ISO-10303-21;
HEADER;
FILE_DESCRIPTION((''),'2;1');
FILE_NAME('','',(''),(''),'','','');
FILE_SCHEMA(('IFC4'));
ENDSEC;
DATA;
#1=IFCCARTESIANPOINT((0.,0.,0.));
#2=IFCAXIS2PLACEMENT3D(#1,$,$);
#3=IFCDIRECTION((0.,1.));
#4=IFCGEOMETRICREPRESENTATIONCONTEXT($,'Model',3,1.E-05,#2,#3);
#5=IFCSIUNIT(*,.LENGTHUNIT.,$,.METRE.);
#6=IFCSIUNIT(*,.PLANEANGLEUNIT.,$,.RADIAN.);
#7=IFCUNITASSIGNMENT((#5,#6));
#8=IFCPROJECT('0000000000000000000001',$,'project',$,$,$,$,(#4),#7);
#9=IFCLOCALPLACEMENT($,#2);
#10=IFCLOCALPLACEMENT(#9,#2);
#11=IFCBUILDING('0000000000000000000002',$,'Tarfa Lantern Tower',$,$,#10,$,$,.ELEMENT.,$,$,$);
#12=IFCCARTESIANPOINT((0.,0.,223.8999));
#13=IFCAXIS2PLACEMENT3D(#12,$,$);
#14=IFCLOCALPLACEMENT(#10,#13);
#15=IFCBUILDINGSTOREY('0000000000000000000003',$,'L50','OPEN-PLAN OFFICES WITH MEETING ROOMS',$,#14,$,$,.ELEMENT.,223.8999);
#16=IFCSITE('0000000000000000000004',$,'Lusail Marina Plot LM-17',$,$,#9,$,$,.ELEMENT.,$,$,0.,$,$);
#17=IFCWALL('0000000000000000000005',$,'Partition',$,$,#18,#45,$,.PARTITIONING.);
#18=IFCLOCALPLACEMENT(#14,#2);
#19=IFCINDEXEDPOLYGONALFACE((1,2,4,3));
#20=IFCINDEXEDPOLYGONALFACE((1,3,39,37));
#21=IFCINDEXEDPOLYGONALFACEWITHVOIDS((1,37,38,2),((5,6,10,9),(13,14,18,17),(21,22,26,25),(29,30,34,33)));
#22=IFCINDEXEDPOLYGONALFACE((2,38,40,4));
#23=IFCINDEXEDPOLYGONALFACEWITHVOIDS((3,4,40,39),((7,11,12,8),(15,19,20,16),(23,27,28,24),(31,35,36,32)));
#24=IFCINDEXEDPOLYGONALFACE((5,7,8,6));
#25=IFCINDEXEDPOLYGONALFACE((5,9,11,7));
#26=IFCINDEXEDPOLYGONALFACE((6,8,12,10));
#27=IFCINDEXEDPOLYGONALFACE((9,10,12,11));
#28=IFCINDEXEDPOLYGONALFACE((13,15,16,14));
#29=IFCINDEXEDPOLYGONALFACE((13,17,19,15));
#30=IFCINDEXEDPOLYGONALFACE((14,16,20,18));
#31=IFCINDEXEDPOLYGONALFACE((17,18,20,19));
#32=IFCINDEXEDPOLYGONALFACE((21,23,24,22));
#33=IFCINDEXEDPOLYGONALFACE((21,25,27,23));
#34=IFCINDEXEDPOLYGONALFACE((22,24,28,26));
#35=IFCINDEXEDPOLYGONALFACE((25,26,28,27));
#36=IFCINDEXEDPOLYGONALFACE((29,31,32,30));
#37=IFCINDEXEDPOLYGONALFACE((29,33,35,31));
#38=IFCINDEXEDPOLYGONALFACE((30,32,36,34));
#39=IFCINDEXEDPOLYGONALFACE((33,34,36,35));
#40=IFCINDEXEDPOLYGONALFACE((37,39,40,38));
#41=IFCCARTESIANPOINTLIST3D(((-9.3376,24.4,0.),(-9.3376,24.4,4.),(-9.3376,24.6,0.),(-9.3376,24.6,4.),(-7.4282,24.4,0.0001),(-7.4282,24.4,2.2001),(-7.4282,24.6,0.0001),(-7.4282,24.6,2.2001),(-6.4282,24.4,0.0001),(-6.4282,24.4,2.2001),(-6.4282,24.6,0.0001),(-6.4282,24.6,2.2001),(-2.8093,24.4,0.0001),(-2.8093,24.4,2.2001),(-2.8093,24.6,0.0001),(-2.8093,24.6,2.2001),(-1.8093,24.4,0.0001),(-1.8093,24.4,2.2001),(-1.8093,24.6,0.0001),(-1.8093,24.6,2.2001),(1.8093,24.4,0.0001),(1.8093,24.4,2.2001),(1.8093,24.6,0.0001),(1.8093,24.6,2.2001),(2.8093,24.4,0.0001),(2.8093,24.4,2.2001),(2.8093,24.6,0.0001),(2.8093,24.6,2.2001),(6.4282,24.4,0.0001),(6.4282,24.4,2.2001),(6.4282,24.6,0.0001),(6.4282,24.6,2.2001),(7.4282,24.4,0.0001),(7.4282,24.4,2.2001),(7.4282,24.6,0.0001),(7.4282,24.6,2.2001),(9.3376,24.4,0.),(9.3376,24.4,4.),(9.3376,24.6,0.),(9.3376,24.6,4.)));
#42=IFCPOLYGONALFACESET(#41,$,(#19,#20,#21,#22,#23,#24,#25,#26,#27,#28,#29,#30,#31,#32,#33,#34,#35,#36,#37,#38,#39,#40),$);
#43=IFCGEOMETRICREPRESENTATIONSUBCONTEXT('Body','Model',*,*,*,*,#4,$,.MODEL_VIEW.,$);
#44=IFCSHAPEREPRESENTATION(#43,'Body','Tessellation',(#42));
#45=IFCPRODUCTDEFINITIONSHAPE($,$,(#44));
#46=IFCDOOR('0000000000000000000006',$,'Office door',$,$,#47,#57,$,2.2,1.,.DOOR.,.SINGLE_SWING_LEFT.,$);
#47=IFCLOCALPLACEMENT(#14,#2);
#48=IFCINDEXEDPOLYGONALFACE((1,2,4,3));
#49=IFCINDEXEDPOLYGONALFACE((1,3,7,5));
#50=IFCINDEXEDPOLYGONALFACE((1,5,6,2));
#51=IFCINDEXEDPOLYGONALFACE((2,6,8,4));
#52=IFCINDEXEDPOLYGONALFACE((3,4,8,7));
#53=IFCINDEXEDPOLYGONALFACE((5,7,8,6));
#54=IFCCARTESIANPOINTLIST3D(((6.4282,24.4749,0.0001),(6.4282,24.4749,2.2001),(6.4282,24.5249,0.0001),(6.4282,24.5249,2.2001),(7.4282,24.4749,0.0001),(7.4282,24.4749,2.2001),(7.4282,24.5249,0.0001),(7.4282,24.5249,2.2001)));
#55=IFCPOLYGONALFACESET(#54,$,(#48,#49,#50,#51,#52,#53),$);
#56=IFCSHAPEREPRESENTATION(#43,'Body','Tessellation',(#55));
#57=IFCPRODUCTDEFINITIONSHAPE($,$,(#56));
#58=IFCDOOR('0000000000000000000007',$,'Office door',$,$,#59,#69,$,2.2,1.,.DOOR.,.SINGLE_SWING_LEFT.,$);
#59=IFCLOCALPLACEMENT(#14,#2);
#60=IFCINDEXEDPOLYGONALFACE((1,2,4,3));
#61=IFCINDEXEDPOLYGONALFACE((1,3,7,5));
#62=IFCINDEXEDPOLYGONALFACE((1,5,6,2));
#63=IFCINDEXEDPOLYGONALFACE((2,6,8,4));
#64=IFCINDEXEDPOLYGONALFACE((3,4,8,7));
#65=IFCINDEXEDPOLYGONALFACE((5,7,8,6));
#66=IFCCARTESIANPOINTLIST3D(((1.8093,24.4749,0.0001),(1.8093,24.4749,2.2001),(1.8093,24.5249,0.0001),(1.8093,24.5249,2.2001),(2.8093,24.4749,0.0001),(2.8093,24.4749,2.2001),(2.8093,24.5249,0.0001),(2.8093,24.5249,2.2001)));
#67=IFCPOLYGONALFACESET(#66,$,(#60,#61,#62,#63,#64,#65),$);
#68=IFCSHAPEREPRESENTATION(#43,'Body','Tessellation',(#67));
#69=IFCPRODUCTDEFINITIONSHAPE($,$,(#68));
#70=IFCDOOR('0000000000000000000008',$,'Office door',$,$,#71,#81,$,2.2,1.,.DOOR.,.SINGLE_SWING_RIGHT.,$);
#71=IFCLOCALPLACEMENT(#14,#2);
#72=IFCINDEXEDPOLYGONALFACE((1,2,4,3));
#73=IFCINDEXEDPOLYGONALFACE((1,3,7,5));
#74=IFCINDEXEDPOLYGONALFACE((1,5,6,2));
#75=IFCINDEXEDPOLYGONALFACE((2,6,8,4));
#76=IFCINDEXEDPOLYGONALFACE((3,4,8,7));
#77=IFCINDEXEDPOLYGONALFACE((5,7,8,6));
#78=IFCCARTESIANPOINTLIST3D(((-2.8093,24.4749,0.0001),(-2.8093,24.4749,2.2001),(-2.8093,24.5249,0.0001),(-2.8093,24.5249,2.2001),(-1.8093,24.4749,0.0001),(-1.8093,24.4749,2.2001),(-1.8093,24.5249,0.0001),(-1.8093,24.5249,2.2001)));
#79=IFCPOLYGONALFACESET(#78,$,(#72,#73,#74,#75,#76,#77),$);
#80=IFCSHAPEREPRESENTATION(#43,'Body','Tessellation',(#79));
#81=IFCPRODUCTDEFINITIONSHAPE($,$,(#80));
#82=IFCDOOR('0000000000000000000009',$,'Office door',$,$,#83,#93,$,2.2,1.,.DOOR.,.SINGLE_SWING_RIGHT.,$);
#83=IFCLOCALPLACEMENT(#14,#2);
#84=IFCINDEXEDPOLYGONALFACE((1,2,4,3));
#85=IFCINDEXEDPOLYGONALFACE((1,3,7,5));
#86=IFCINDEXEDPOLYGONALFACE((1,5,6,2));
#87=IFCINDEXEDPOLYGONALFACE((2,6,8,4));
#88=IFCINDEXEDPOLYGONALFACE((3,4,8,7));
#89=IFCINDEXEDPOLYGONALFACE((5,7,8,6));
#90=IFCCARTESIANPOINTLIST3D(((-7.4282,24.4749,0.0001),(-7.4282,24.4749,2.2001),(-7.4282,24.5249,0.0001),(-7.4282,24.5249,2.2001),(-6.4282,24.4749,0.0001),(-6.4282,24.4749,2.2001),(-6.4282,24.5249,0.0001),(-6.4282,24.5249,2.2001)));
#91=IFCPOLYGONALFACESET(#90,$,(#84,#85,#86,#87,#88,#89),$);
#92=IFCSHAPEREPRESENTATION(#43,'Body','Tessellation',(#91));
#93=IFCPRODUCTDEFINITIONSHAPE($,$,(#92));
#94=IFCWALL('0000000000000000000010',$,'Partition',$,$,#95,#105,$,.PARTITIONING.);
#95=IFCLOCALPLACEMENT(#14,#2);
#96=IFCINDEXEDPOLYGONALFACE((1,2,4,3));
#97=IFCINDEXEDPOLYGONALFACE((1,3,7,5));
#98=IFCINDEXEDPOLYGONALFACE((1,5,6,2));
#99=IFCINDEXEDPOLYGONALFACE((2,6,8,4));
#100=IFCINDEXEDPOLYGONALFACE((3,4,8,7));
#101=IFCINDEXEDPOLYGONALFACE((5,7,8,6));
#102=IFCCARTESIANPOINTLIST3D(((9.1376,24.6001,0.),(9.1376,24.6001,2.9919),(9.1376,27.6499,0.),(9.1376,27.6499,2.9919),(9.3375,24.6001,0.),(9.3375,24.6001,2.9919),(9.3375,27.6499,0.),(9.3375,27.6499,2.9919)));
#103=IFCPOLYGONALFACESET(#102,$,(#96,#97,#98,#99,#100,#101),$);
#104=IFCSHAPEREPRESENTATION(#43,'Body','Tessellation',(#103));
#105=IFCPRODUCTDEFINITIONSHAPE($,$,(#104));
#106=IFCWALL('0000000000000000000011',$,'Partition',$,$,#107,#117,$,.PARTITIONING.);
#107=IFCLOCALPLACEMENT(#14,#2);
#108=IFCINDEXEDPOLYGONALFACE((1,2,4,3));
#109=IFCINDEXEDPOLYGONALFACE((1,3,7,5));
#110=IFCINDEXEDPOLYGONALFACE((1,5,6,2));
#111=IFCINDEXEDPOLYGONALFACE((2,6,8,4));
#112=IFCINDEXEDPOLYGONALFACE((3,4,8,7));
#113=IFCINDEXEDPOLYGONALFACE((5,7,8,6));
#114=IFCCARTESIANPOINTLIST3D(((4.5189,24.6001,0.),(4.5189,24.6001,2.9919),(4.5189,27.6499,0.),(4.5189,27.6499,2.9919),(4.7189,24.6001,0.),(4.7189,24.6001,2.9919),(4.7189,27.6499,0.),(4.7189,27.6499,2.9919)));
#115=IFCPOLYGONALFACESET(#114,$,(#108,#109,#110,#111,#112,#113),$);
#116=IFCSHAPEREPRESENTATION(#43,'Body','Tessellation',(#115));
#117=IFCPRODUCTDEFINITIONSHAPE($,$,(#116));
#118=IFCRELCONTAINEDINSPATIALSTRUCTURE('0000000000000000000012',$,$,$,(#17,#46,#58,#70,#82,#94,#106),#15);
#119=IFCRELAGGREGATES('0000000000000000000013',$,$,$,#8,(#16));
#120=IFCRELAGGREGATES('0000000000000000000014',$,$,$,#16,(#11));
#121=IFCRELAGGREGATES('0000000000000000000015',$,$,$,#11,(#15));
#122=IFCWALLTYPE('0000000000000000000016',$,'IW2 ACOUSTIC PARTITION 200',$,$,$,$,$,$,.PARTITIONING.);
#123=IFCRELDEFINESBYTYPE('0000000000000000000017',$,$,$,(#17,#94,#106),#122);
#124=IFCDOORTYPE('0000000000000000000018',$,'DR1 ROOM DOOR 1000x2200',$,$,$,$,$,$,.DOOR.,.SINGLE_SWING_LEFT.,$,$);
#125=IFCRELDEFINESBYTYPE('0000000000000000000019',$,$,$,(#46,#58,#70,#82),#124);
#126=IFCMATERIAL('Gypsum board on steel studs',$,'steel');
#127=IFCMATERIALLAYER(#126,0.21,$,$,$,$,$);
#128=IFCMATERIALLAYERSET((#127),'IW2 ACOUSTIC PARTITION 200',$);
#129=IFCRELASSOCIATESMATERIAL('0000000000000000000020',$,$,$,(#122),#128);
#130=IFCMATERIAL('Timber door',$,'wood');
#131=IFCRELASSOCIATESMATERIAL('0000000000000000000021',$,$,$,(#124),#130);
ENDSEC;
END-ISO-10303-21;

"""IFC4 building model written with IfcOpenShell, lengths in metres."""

from ifc_helpers import new_model, si_unit, direction, frame, frame_2d, origin, place, context, subcontext, project, spatial, rectangle, extrude, material, layer, layer_set, type_object, element, fill, save


model = new_model("IFC4")

# Units and contexts
model_context = context("Model", 3, precision=1e-05, world=origin(), true_north=direction((0.0, 1.0)))
body_context = subcontext(model_context, "Body", "Model", "MODEL_VIEW")
ifc_project = project(units=[si_unit("LENGTHUNIT", "METRE"), si_unit("PLANEANGLEUNIT", "RADIAN")], contexts=[model_context])

# Site, building, storey
site_placement = place(None, origin())
site = spatial("IfcSite", under=ifc_project, at=site_placement, Name="Lusail Marina Plot LM-17", CompositionType="ELEMENT", RefElevation=0.0)
building_placement = place(site_placement, origin())
building = spatial("IfcBuilding", under=site, at=building_placement, Name="Tarfa Lantern Tower", CompositionType="ELEMENT")
storey_placement = place(building_placement, frame((0.0, 0.0, 223.8999)))
storey = spatial("IfcBuildingStorey", under=building, at=storey_placement, Name="L50", Description="OPEN-PLAN OFFICES WITH MEETING ROOMS", CompositionType="ELEMENT", Elevation=223.8999)

# Shared definitions
ifc_material_1 = material(Name="Gypsum board on steel studs", Category="steel")
ifc_layer_1 = layer(ifc_material_1, 0.21)
ifc_layer_set_1 = layer_set([ifc_layer_1], Name="IW2 ACOUSTIC PARTITION 200")
wall_type = type_object("IfcWallType", Name="IW2 ACOUSTIC PARTITION 200", PredefinedType="PARTITIONING", material=ifc_layer_set_1)

# Wall, openings, doors
wall_1_placement = place(storey_placement, frame((9.3376, 24.5, 0.0), z_axis=(0.0, 0.0, 1.0), x_axis=(-1.0, 0.0, 0.0)))
wall_1 = element("IfcWall", 1, at=wall_1_placement, inside=storey, type_object=wall_type, Name="Partition", PredefinedType="PARTITIONING", context=body_context, shape_type="SweptSolid", body=[
    extrude(rectangle(XDim=18.6753, YDim=0.2, at=frame_2d((9.3376, 0.0))), origin(), (0.0, 0.0, 1.0), 4.0),
])
opening_1_placement = place(wall_1_placement, frame((1.9094, 0.0, 0.0)))
opening_1 = element("IfcOpeningElement", 2, at=opening_1_placement, cuts=wall_1, PredefinedType="OPENING", context=body_context, shape_type="SweptSolid", body=[
    extrude(rectangle(XDim=1.0, YDim=2.2, at=frame_2d((0.5, 1.1001))), frame((0.0, 0.1099, 0.0), z_axis=(0.0, -1.0, 0.0), x_axis=(1.0, 0.0, 0.0)), (0.0, 0.0, 1.0), 0.22),
])
opening_2_placement = place(wall_1_placement, frame((6.5283, 0.0, 0.0)))
opening_2 = element("IfcOpeningElement", 3, at=opening_2_placement, cuts=wall_1, PredefinedType="OPENING", context=body_context, shape_type="SweptSolid", body=[
    extrude(rectangle(XDim=1.0, YDim=2.2, at=frame_2d((0.5, 1.1001))), frame((0.0, 0.1099, 0.0), z_axis=(0.0, -1.0, 0.0), x_axis=(1.0, 0.0, 0.0)), (0.0, 0.0, 1.0), 0.22),
])
opening_3_placement = place(wall_1_placement, frame((11.147, 0.0, 0.0)))
opening_3 = element("IfcOpeningElement", 4, at=opening_3_placement, cuts=wall_1, PredefinedType="OPENING", context=body_context, shape_type="SweptSolid", body=[
    extrude(rectangle(XDim=1.0, YDim=2.2, at=frame_2d((0.5, 1.1001))), frame((0.0, 0.1099, 0.0), z_axis=(0.0, -1.0, 0.0), x_axis=(1.0, 0.0, 0.0)), (0.0, 0.0, 1.0), 0.22),
])
opening_4_placement = place(wall_1_placement, frame((15.7659, 0.0, 0.0)))
opening_4 = element("IfcOpeningElement", 5, at=opening_4_placement, cuts=wall_1, PredefinedType="OPENING", context=body_context, shape_type="SweptSolid", body=[
    extrude(rectangle(XDim=1.0, YDim=2.2, at=frame_2d((0.5, 1.1001))), frame((0.0, 0.1099, 0.0), z_axis=(0.0, -1.0, 0.0), x_axis=(1.0, 0.0, 0.0)), (0.0, 0.0, 1.0), 0.22),
])
ifc_material_2 = material(Name="Timber door", Category="wood")
door_type = type_object("IfcDoorType", Name="DR1 ROOM DOOR 1000x2200", OperationType="SINGLE_SWING_LEFT", PredefinedType="DOOR", material=ifc_material_2)
door_1_placement = place(opening_1_placement, frame((1.0, 0.0, 0.0), z_axis=(0.0, 0.0, 1.0), x_axis=(-1.0, 0.0, 0.0)))
door_1 = element("IfcDoor", 6, at=door_1_placement, inside=storey, type_object=door_type, Name="Office door", OperationType="SINGLE_SWING_LEFT", OverallHeight=2.2, OverallWidth=1.0, PredefinedType="DOOR", context=body_context, shape_type="SweptSolid", body=[
    extrude(rectangle(XDim=1.0, YDim=2.2, at=frame_2d((0.5, 1.1001))), frame((0.0, 0.0249, 0.0), z_axis=(0.0, -1.0, 0.0), x_axis=(1.0, 0.0, 0.0)), (0.0, 0.0, 1.0), 0.05),
])
fill(opening_1, door_1)
door_2_placement = place(opening_2_placement, frame((1.0, 0.0, 0.0), z_axis=(0.0, 0.0, 1.0), x_axis=(-1.0, 0.0, 0.0)))
door_2 = element("IfcDoor", 7, at=door_2_placement, inside=storey, type_object=door_type, Name="Office door", OperationType="SINGLE_SWING_LEFT", OverallHeight=2.2, OverallWidth=1.0, PredefinedType="DOOR", context=body_context, shape_type="SweptSolid", body=[
    extrude(rectangle(XDim=1.0, YDim=2.2, at=frame_2d((0.5, 1.1001))), frame((0.0, 0.0249, 0.0), z_axis=(0.0, -1.0, 0.0), x_axis=(1.0, 0.0, 0.0)), (0.0, 0.0, 1.0), 0.05),
])
fill(opening_2, door_2)
door_3_placement = place(opening_3_placement, frame((1.0, 0.0, 0.0), z_axis=(0.0, 0.0, 1.0), x_axis=(-1.0, 0.0, 0.0)))
door_3 = element("IfcDoor", 8, at=door_3_placement, inside=storey, type_object=door_type, Name="Office door", OperationType="SINGLE_SWING_RIGHT", OverallHeight=2.2, OverallWidth=1.0, PredefinedType="DOOR", context=body_context, shape_type="SweptSolid", body=[
    extrude(rectangle(XDim=1.0, YDim=2.2, at=frame_2d((0.5, 1.1001))), frame((0.0, 0.0249, 0.0), z_axis=(0.0, -1.0, 0.0), x_axis=(1.0, 0.0, 0.0)), (0.0, 0.0, 1.0), 0.05),
])
fill(opening_3, door_3)
door_4_placement = place(opening_4_placement, frame((1.0, 0.0, 0.0), z_axis=(0.0, 0.0, 1.0), x_axis=(-1.0, 0.0, 0.0)))
door_4 = element("IfcDoor", 9, at=door_4_placement, inside=storey, type_object=door_type, Name="Office door", OperationType="SINGLE_SWING_RIGHT", OverallHeight=2.2, OverallWidth=1.0, PredefinedType="DOOR", context=body_context, shape_type="SweptSolid", body=[
    extrude(rectangle(XDim=1.0, YDim=2.2, at=frame_2d((0.5, 1.1001))), frame((0.0, 0.0249, 0.0), z_axis=(0.0, -1.0, 0.0), x_axis=(1.0, 0.0, 0.0)), (0.0, 0.0, 1.0), 0.05),
])
fill(opening_4, door_4)

# Walls
for number, where, z_axis, x_axis, name in (
    (10, (9.2375, 24.6001, 0.0), (0.0, 0.0, 1.0), (0.0, 1.0, 0.0), "Partition"),
    (11, (4.6189, 24.6001, 0.0), (0.0, 0.0, 1.0), (0.0, 1.0, 0.0), "Partition"),
):
    element("IfcWall", number, at=place(storey_placement, frame(where, z_axis=z_axis, x_axis=x_axis)), inside=storey, type_object=wall_type, Name=name, PredefinedType="PARTITIONING", context=body_context, shape_type="SweptSolid", body=[
        extrude(rectangle(XDim=3.0498, YDim=0.2, at=frame_2d((1.5249, 0.0))), origin(), (0.0, 0.0, 1.0), 2.9919),
    ])

save(model, "model.ifc")
